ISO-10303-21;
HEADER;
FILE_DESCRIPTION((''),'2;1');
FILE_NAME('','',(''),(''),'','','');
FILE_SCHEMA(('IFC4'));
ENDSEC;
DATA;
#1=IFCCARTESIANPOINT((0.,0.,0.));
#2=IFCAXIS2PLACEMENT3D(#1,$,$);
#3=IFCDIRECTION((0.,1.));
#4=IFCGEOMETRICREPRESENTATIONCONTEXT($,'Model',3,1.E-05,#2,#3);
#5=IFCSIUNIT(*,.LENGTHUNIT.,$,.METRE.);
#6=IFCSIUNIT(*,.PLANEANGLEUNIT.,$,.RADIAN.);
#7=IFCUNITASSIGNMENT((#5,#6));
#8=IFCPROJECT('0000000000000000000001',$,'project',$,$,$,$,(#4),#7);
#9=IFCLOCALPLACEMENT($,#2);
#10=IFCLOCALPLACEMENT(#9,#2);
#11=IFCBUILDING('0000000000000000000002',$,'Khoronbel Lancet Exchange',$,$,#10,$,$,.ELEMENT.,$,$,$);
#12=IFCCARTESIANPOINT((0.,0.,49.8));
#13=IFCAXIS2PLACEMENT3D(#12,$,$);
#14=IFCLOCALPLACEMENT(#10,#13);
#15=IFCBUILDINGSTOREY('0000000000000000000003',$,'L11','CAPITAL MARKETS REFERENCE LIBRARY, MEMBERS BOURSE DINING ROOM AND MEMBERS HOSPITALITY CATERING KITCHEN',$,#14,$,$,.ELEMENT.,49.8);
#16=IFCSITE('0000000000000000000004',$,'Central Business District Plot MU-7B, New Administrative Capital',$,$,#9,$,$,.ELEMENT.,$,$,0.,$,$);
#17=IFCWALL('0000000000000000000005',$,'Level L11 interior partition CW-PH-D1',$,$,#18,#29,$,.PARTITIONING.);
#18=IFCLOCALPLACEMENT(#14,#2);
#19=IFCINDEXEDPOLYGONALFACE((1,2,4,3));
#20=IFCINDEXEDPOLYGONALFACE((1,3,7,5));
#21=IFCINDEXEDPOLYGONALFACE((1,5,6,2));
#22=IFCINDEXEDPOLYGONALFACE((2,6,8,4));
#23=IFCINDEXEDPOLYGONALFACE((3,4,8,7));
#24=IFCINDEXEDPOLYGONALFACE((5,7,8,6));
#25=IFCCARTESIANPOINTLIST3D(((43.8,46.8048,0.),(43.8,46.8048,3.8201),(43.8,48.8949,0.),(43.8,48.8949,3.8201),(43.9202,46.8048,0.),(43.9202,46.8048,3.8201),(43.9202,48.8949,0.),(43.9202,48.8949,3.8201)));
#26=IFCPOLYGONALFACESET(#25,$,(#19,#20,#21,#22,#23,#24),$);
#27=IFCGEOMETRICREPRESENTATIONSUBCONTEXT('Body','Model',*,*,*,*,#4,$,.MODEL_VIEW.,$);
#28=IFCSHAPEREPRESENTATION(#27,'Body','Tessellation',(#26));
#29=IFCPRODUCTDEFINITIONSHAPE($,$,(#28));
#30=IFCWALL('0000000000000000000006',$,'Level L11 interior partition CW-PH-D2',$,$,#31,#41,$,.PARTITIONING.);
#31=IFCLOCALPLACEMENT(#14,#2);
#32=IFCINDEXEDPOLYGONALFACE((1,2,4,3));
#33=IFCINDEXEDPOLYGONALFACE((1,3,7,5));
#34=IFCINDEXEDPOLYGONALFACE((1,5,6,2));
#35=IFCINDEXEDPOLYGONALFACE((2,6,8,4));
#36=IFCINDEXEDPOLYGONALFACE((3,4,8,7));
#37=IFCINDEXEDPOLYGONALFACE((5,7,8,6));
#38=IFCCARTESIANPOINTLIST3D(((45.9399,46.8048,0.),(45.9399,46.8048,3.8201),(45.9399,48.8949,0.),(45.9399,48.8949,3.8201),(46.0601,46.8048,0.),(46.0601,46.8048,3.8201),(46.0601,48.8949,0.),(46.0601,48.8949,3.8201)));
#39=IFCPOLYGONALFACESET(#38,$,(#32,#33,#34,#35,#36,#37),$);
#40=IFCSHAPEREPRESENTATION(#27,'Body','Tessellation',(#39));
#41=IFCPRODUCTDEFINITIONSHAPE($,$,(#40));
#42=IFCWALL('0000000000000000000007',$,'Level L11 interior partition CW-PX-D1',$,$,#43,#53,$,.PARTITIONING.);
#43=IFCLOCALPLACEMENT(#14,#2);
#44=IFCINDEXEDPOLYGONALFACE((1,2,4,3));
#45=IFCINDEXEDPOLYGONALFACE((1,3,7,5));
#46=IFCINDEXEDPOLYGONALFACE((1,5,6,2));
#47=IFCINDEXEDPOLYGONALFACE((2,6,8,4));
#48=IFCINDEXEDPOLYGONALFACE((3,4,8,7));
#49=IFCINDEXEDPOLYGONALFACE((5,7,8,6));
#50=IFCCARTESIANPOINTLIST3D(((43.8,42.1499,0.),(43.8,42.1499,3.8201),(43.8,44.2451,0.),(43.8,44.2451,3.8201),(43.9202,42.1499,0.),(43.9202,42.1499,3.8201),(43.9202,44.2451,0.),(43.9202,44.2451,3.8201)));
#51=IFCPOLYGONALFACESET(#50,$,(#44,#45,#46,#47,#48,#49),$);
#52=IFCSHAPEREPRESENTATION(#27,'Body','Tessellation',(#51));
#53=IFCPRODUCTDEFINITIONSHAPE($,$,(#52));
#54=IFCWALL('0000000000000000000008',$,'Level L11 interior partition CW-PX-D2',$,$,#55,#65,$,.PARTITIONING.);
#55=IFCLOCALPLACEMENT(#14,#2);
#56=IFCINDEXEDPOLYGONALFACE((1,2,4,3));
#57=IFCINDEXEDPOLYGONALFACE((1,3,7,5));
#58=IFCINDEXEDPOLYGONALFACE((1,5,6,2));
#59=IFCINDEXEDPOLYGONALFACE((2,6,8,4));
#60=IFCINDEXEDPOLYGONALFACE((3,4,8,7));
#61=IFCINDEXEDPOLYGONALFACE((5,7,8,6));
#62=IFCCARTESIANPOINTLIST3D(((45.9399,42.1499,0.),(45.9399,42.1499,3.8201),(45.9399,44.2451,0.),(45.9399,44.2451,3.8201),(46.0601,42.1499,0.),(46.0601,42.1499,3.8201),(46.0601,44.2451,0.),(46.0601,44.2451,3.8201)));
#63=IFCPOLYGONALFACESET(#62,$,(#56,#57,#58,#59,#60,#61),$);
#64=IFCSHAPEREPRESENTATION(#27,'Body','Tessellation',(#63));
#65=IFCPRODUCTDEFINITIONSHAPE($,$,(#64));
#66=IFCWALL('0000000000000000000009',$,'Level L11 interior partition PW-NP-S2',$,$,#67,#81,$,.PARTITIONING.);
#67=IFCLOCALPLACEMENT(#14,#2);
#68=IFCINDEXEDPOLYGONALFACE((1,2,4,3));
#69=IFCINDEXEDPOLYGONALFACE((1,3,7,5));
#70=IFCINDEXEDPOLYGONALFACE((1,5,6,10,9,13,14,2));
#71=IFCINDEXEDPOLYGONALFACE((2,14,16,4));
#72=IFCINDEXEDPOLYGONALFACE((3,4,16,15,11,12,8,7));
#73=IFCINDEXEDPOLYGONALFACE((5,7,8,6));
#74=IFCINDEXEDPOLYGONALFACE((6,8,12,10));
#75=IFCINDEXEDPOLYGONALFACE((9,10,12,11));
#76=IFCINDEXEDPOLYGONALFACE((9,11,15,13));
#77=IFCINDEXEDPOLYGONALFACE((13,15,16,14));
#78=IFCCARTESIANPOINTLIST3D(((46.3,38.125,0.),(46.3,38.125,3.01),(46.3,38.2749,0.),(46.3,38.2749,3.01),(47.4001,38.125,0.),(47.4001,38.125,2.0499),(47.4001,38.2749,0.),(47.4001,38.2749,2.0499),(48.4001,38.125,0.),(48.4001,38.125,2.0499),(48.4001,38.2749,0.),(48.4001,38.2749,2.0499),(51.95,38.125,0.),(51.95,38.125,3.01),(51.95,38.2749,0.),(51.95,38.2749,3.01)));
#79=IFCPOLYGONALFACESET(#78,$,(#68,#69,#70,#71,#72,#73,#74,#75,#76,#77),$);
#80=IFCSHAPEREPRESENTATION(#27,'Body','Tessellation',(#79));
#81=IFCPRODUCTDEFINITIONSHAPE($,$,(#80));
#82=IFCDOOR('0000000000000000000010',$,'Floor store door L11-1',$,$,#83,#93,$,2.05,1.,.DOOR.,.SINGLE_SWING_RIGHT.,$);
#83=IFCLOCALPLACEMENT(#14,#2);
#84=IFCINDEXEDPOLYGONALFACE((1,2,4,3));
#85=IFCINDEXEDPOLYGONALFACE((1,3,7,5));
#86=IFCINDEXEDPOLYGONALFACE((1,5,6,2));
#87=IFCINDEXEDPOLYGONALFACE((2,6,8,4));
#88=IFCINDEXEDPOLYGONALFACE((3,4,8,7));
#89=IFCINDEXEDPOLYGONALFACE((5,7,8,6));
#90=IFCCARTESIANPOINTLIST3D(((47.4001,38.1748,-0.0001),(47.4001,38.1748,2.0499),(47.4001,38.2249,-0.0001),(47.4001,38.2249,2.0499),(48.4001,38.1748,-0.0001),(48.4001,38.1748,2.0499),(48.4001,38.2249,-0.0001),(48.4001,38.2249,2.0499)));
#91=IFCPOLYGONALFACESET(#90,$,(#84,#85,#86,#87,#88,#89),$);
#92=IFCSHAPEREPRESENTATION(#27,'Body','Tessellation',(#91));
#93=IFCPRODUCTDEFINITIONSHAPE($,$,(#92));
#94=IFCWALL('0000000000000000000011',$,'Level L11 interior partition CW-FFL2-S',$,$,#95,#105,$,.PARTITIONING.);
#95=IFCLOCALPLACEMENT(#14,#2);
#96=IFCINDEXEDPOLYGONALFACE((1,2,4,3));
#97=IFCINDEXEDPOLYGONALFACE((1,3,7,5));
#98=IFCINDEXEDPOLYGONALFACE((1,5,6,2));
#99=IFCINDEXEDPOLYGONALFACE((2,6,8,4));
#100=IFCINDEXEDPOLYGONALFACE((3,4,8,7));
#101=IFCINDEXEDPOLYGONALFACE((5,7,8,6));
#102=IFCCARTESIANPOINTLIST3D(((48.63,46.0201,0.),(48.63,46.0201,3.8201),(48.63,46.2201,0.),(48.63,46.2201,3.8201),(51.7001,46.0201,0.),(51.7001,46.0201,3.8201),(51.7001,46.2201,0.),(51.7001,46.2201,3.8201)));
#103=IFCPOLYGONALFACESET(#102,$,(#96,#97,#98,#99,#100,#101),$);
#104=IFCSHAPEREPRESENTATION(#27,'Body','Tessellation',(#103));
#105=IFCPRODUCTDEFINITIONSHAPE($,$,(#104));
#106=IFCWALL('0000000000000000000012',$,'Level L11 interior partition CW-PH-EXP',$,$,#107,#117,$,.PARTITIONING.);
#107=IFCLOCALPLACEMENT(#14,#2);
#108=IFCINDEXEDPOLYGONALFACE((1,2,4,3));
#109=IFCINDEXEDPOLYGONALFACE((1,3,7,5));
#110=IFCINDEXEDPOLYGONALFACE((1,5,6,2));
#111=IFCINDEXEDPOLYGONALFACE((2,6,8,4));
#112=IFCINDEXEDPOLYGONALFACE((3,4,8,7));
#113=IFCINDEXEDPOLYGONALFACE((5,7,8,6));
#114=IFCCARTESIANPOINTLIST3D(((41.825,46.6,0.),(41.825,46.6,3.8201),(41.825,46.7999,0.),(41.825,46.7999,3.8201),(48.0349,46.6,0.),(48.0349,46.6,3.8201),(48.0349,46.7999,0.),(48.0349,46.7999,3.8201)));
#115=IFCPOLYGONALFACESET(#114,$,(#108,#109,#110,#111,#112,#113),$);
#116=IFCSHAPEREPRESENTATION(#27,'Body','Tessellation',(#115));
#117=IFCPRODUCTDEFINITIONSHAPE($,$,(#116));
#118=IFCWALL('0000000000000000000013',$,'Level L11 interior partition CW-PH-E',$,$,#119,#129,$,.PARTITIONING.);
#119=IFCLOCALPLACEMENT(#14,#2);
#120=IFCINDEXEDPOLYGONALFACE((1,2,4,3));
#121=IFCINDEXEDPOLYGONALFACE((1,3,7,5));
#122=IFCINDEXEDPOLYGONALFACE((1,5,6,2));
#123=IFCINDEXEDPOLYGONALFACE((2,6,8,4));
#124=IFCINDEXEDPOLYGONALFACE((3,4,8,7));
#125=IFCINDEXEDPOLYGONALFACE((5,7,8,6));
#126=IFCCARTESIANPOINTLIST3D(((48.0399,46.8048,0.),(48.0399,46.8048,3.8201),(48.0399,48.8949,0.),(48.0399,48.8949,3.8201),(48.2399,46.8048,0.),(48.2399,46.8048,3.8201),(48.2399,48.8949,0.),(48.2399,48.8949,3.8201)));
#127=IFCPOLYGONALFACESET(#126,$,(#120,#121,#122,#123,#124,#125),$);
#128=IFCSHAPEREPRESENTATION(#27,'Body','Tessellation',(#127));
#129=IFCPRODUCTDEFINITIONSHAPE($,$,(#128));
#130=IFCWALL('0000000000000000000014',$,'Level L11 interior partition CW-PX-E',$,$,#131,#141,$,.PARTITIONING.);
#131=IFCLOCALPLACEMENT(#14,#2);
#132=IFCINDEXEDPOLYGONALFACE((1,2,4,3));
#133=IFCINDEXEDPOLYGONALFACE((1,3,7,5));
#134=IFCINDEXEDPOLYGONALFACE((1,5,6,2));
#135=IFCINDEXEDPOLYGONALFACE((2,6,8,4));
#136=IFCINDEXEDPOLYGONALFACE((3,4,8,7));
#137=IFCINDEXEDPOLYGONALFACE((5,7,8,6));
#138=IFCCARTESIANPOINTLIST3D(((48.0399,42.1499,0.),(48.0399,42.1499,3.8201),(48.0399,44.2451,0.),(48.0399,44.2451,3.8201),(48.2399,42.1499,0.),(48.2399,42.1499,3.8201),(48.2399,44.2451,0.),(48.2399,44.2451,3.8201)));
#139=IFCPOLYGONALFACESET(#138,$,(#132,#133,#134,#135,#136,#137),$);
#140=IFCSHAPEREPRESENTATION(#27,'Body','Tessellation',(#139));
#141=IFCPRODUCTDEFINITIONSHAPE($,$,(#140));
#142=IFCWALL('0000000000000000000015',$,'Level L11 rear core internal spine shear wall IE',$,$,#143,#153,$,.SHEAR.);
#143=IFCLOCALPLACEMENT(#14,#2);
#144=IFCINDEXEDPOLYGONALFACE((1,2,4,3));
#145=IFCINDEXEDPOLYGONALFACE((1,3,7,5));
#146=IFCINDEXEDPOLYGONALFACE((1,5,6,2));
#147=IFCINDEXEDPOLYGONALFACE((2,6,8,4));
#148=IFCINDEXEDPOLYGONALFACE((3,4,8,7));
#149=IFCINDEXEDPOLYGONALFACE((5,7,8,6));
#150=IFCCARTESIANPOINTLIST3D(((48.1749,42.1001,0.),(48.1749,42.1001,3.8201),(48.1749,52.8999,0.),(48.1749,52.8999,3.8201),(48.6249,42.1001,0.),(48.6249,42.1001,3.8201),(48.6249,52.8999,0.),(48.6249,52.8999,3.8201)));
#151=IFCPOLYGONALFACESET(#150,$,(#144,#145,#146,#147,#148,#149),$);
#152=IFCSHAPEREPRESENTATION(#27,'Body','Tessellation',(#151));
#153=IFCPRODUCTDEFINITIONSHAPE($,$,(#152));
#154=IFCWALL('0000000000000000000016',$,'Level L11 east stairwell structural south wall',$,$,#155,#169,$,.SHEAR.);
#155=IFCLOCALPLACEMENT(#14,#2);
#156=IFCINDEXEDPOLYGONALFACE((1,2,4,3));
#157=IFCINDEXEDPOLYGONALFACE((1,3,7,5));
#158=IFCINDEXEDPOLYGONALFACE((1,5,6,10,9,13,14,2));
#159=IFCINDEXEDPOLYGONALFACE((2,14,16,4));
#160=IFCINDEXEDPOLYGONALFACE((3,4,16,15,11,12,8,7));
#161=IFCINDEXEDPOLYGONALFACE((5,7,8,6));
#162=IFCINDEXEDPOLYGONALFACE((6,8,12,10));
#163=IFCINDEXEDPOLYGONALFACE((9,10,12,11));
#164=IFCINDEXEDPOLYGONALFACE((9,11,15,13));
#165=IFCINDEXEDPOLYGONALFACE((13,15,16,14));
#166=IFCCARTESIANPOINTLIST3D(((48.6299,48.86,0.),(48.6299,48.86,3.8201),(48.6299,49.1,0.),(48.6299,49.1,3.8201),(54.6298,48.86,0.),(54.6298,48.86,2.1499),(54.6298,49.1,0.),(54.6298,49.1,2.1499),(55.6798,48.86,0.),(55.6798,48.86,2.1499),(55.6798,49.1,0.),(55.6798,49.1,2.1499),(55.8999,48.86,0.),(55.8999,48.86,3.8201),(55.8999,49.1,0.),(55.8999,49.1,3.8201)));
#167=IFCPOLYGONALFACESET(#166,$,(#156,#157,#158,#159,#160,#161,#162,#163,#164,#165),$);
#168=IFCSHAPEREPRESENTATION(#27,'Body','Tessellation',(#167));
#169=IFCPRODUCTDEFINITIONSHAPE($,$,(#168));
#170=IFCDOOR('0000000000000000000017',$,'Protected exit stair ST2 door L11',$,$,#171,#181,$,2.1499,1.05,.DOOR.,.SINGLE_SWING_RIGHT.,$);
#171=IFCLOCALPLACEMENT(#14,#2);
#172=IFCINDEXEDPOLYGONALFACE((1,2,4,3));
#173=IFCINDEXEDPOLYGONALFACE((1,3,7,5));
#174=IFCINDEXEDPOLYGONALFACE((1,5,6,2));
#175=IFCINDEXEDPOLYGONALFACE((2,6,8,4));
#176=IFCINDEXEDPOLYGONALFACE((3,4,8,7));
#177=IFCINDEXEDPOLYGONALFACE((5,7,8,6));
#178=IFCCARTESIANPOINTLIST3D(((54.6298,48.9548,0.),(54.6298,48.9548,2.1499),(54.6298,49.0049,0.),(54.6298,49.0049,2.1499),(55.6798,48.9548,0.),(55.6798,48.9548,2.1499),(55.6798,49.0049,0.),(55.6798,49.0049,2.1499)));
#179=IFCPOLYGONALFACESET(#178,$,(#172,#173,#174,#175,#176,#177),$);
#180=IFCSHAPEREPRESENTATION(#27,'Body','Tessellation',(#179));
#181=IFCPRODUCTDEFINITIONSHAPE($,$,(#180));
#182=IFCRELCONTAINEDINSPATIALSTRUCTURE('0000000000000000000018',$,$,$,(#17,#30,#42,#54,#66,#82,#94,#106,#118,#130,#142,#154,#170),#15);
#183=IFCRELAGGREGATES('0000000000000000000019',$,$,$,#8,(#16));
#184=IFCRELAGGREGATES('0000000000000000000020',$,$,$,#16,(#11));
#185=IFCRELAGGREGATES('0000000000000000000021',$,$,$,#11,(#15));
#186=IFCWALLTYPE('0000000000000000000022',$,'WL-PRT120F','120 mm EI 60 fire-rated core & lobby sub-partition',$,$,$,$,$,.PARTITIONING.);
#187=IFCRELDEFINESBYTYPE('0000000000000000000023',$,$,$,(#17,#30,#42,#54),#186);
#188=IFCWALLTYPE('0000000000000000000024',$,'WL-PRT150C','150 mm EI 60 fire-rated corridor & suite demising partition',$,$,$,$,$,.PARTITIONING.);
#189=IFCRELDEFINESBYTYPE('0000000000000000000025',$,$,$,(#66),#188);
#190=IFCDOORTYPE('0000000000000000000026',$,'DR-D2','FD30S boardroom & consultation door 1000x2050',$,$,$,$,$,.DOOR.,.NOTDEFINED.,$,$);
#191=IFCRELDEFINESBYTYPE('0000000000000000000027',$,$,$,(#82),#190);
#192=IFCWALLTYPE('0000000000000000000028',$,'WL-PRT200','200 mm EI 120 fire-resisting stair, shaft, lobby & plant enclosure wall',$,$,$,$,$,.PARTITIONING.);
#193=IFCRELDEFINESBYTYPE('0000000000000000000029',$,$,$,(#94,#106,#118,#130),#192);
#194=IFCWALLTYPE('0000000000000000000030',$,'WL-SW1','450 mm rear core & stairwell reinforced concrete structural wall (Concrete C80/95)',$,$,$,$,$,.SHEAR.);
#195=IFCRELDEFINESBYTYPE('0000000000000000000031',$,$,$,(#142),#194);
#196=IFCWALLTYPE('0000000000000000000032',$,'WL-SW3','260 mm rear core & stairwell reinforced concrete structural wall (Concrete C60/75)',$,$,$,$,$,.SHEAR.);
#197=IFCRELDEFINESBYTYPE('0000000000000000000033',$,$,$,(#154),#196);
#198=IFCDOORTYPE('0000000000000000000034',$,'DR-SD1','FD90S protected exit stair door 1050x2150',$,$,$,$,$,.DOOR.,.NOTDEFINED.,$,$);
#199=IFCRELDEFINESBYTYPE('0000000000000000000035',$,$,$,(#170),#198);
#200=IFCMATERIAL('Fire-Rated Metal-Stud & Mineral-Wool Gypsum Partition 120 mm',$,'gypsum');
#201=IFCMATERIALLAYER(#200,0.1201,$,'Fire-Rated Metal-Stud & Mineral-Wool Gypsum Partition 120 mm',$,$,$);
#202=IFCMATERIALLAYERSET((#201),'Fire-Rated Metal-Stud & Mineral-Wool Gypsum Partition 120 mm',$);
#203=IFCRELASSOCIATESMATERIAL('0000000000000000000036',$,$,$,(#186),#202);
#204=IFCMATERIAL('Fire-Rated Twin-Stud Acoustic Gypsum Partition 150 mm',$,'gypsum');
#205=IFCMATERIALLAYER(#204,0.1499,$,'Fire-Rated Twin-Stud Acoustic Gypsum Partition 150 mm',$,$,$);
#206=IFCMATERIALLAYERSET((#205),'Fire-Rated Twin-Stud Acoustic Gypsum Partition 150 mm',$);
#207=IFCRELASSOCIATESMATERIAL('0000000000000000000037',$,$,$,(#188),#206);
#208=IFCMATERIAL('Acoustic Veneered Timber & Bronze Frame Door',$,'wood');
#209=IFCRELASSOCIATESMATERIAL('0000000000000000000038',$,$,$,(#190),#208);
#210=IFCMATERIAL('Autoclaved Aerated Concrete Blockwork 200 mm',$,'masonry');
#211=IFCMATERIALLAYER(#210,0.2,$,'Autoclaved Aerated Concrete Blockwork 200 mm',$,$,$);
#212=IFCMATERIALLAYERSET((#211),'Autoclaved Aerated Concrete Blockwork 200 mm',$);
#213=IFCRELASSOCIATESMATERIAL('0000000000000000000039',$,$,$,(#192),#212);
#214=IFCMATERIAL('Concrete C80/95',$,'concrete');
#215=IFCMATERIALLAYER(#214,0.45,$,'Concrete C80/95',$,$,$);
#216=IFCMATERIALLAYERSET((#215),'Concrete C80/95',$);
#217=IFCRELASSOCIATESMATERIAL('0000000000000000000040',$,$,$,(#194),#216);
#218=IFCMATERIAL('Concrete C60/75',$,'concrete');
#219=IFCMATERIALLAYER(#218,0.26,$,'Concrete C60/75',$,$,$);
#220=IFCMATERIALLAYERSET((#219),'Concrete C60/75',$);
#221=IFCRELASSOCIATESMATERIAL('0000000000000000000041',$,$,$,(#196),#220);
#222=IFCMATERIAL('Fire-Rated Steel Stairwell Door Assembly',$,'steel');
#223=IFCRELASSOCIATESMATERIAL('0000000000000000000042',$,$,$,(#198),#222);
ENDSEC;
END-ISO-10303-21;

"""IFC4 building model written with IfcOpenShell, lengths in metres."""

from ifc_helpers import new_model, si_unit, direction, frame, frame_2d, origin, place, context, subcontext, project, spatial, rectangle, extrude, material, layer, layer_set, type_object, element, fill, save


model = new_model("IFC4")

# Units and contexts
model_context = context("Model", 3, precision=1e-05, world=origin(), true_north=direction((0.0, 1.0)))
body_context = subcontext(model_context, "Body", "Model", "MODEL_VIEW")
ifc_project = project(units=[si_unit("LENGTHUNIT", "METRE"), si_unit("PLANEANGLEUNIT", "RADIAN")], contexts=[model_context])

# Site, building, storey
site_placement = place(None, origin())
site = spatial("IfcSite", under=ifc_project, at=site_placement, Name="Central Business District Plot MU-7B, New Administrative Capital", CompositionType="ELEMENT", RefElevation=0.0)
building_placement = place(site_placement, origin())
building = spatial("IfcBuilding", under=site, at=building_placement, Name="Khoronbel Lancet Exchange", CompositionType="ELEMENT")
storey_placement = place(building_placement, frame((0.0, 0.0, 49.8)))
storey = spatial("IfcBuildingStorey", under=building, at=storey_placement, Name="L11", Description="CAPITAL MARKETS REFERENCE LIBRARY, MEMBERS BOURSE DINING ROOM AND MEMBERS HOSPITALITY CATERING KITCHEN", CompositionType="ELEMENT", Elevation=49.8)

# Walls
ifc_material_1 = material(Name="Fire-Rated Metal-Stud & Mineral-Wool Gypsum Partition 120 mm", Category="gypsum")
ifc_layer_1 = layer(ifc_material_1, 0.1201, Name="Fire-Rated Metal-Stud & Mineral-Wool Gypsum Partition 120 mm")
ifc_layer_set_1 = layer_set([ifc_layer_1], Name="Fire-Rated Metal-Stud & Mineral-Wool Gypsum Partition 120 mm")
wall_type_1 = type_object("IfcWallType", Name="WL-PRT120F", Description="120 mm EI 60 fire-rated core & lobby sub-partition", PredefinedType="PARTITIONING", material=ifc_layer_set_1)
for number, where, z_axis, x_axis, name in (
    (1, (43.8601, 46.8049, 0.0), (0.0, 0.0, 1.0), (0.0, 1.0, 0.0), "Level L11 interior partition CW-PH-D1"),
    (2, (46.0, 46.8049, 0.0), (0.0, 0.0, 1.0), (0.0, 1.0, 0.0), "Level L11 interior partition CW-PH-D2"),
):
    element("IfcWall", number, at=place(storey_placement, frame(where, z_axis=z_axis, x_axis=x_axis)), inside=storey, type_object=wall_type_1, Name=name, PredefinedType="PARTITIONING", context=body_context, shape_type="SweptSolid", body=[
        extrude(rectangle(XDim=2.0901, YDim=0.1201, at=frame_2d((1.0449, 0.0))), origin(), (0.0, 0.0, 1.0), 3.8201),
    ])
for number, where, z_axis, x_axis, name in (
    (3, (43.8601, 42.1499, 0.0), (0.0, 0.0, 1.0), (0.0, 1.0, 0.0), "Level L11 interior partition CW-PX-D1"),
    (4, (46.0, 42.1499, 0.0), (0.0, 0.0, 1.0), (0.0, 1.0, 0.0), "Level L11 interior partition CW-PX-D2"),
):
    element("IfcWall", number, at=place(storey_placement, frame(where, z_axis=z_axis, x_axis=x_axis)), inside=storey, type_object=wall_type_1, Name=name, PredefinedType="PARTITIONING", context=body_context, shape_type="SweptSolid", body=[
        extrude(rectangle(XDim=2.0952, YDim=0.1201, at=frame_2d((1.0476, 0.0))), origin(), (0.0, 0.0, 1.0), 3.8201),
    ])

# Wall, opening, door
ifc_material_2 = material(Name="Fire-Rated Twin-Stud Acoustic Gypsum Partition 150 mm", Category="gypsum")
ifc_layer_2 = layer(ifc_material_2, 0.1499, Name="Fire-Rated Twin-Stud Acoustic Gypsum Partition 150 mm")
ifc_layer_set_2 = layer_set([ifc_layer_2], Name="Fire-Rated Twin-Stud Acoustic Gypsum Partition 150 mm")
wall_type_2 = type_object("IfcWallType", Name="WL-PRT150C", Description="150 mm EI 60 fire-rated corridor & suite demising partition", PredefinedType="PARTITIONING", material=ifc_layer_set_2)
wall_1_placement = place(storey_placement, frame((46.3, 38.2, 0.0), z_axis=(0.0, 0.0, 1.0), x_axis=(1.0, 0.0, 0.0)))
wall_1 = element("IfcWall", 5, at=wall_1_placement, inside=storey, type_object=wall_type_2, Name="Level L11 interior partition PW-NP-S2", PredefinedType="PARTITIONING", context=body_context, shape_type="SweptSolid", body=[
    extrude(rectangle(XDim=5.6499, YDim=0.1499, at=frame_2d((2.825, 0.0))), origin(), (0.0, 0.0, 1.0), 3.01),
])
opening_1_placement = place(wall_1_placement, frame((1.1001, 0.0, 0.0)))
opening_1 = element("IfcOpeningElement", 6, at=opening_1_placement, cuts=wall_1, PredefinedType="OPENING", context=body_context, shape_type="SweptSolid", body=[
    extrude(rectangle(XDim=1.0, YDim=2.05, at=frame_2d((0.5, 1.0249))), frame((0.0, 0.085, 0.0), z_axis=(0.0, -1.0, 0.0), x_axis=(1.0, 0.0, 0.0)), (0.0, 0.0, 1.0), 0.1699),
])
ifc_material_3 = material(Name="Acoustic Veneered Timber & Bronze Frame Door", Category="wood")
door_type_1 = type_object("IfcDoorType", Name="DR-D2", Description="FD30S boardroom & consultation door 1000x2050", OperationType="NOTDEFINED", PredefinedType="DOOR", material=ifc_material_3)
door_1_placement = place(opening_1_placement, origin())
door_1 = element("IfcDoor", 7, at=door_1_placement, inside=storey, type_object=door_type_1, Name="Floor store door L11-1", OperationType="SINGLE_SWING_RIGHT", OverallHeight=2.05, OverallWidth=1.0, PredefinedType="DOOR", context=body_context, shape_type="SweptSolid", body=[
    extrude(rectangle(XDim=1.0, YDim=2.05, at=frame_2d((0.5, 1.0249))), frame((0.0, 0.0249, 0.0), z_axis=(0.0, -1.0, 0.0), x_axis=(1.0, 0.0, 0.0)), (0.0, 0.0, 1.0), 0.05),
])
fill(opening_1, door_1)

# Walls
ifc_material_4 = material(Name="Autoclaved Aerated Concrete Blockwork 200 mm", Category="masonry")
ifc_layer_3 = layer(ifc_material_4, 0.2, Name="Autoclaved Aerated Concrete Blockwork 200 mm")
ifc_layer_set_3 = layer_set([ifc_layer_3], Name="Autoclaved Aerated Concrete Blockwork 200 mm")
wall_type_3 = type_object("IfcWallType", Name="WL-PRT200", Description="200 mm EI 120 fire-resisting stair, shaft, lobby & plant enclosure wall", PredefinedType="PARTITIONING", material=ifc_layer_set_3)
wall_2_placement = place(storey_placement, frame((48.6299, 46.1201, 0.0), z_axis=(0.0, 0.0, 1.0), x_axis=(1.0, 0.0, 0.0)))
element("IfcWall", 8, at=wall_2_placement, inside=storey, type_object=wall_type_3, Name="Level L11 interior partition CW-FFL2-S", PredefinedType="PARTITIONING", context=body_context, shape_type="SweptSolid", body=[
    extrude(rectangle(XDim=3.0701, YDim=0.2, at=frame_2d((1.5352, 0.0))), origin(), (0.0, 0.0, 1.0), 3.8201),
])
wall_3_placement = place(storey_placement, frame((41.825, 46.7, 0.0), z_axis=(0.0, 0.0, 1.0), x_axis=(1.0, 0.0, 0.0)))
element("IfcWall", 9, at=wall_3_placement, inside=storey, type_object=wall_type_3, Name="Level L11 interior partition CW-PH-EXP", PredefinedType="PARTITIONING", context=body_context, shape_type="SweptSolid", body=[
    extrude(rectangle(XDim=6.21, YDim=0.2, at=frame_2d((3.105, 0.0))), origin(), (0.0, 0.0, 1.0), 3.8201),
])
wall_4_placement = place(storey_placement, frame((48.1399, 46.8049, 0.0), z_axis=(0.0, 0.0, 1.0), x_axis=(0.0, 1.0, 0.0)))
element("IfcWall", 10, at=wall_4_placement, inside=storey, type_object=wall_type_3, Name="Level L11 interior partition CW-PH-E", PredefinedType="PARTITIONING", context=body_context, shape_type="SweptSolid", body=[
    extrude(rectangle(XDim=2.0901, YDim=0.2, at=frame_2d((1.0449, 0.0))), origin(), (0.0, 0.0, 1.0), 3.8201),
])
wall_5_placement = place(storey_placement, frame((48.1399, 42.1499, 0.0), z_axis=(0.0, 0.0, 1.0), x_axis=(0.0, 1.0, 0.0)))
element("IfcWall", 11, at=wall_5_placement, inside=storey, type_object=wall_type_3, Name="Level L11 interior partition CW-PX-E", PredefinedType="PARTITIONING", context=body_context, shape_type="SweptSolid", body=[
    extrude(rectangle(XDim=2.0952, YDim=0.2, at=frame_2d((1.0476, 0.0))), origin(), (0.0, 0.0, 1.0), 3.8201),
])
ifc_material_5 = material(Name="Concrete C80/95", Category="concrete")
ifc_layer_4 = layer(ifc_material_5, 0.45, Name="Concrete C80/95")
ifc_layer_set_4 = layer_set([ifc_layer_4], Name="Concrete C80/95")
wall_type_4 = type_object("IfcWallType", Name="WL-SW1", Description="450 mm rear core & stairwell reinforced concrete structural wall (Concrete C80/95)", PredefinedType="SHEAR", material=ifc_layer_set_4)
wall_6_placement = place(storey_placement, frame((48.3999, 42.1001, 0.0), z_axis=(0.0, 0.0, 1.0), x_axis=(0.0, 1.0, 0.0)))
element("IfcWall", 12, at=wall_6_placement, inside=storey, type_object=wall_type_4, Name="Level L11 rear core internal spine shear wall IE", PredefinedType="SHEAR", context=body_context, shape_type="SweptSolid", body=[
    extrude(rectangle(XDim=10.7998, YDim=0.45, at=frame_2d((5.3999, 0.0))), origin(), (0.0, 0.0, 1.0), 3.8201),
])

# Wall, opening, door
ifc_material_6 = material(Name="Concrete C60/75", Category="concrete")
ifc_layer_5 = layer(ifc_material_6, 0.26, Name="Concrete C60/75")
ifc_layer_set_5 = layer_set([ifc_layer_5], Name="Concrete C60/75")
wall_type_5 = type_object("IfcWallType", Name="WL-SW3", Description="260 mm rear core & stairwell reinforced concrete structural wall (Concrete C60/75)", PredefinedType="SHEAR", material=ifc_layer_set_5)
wall_7_placement = place(storey_placement, frame((48.6299, 48.98, 0.0), z_axis=(0.0, 0.0, 1.0), x_axis=(1.0, 0.0, 0.0)))
wall_7 = element("IfcWall", 13, at=wall_7_placement, inside=storey, type_object=wall_type_5, Name="Level L11 east stairwell structural south wall", PredefinedType="SHEAR", context=body_context, shape_type="SweptSolid", body=[
    extrude(rectangle(XDim=7.27, YDim=0.24, at=frame_2d((3.635, 0.0))), origin(), (0.0, 0.0, 1.0), 3.8201),
])
opening_2_placement = place(wall_7_placement, frame((6.0, 0.0, 0.0)))
opening_2 = element("IfcOpeningElement", 14, at=opening_2_placement, cuts=wall_7, PredefinedType="OPENING", context=body_context, shape_type="SweptSolid", body=[
    extrude(rectangle(XDim=1.05, YDim=2.1499, at=frame_2d((0.5249, 1.075))), frame((0.0, 0.1299, 0.0), z_axis=(0.0, -1.0, 0.0), x_axis=(1.0, 0.0, 0.0)), (0.0, 0.0, 1.0), 0.26),
])
ifc_material_7 = material(Name="Fire-Rated Steel Stairwell Door Assembly", Category="steel")
door_type_2 = type_object("IfcDoorType", Name="DR-SD1", Description="FD90S protected exit stair door 1050x2150", OperationType="NOTDEFINED", PredefinedType="DOOR", material=ifc_material_7)
door_2_placement = place(opening_2_placement, origin())
door_2 = element("IfcDoor", 15, at=door_2_placement, inside=storey, type_object=door_type_2, Name="Protected exit stair ST2 door L11", OperationType="SINGLE_SWING_RIGHT", OverallHeight=2.1499, OverallWidth=1.05, PredefinedType="DOOR", context=body_context, shape_type="SweptSolid", body=[
    extrude(rectangle(XDim=1.05, YDim=2.1499, at=frame_2d((0.5249, 1.075))), frame((0.0, 0.0249, 0.0), z_axis=(0.0, -1.0, 0.0), x_axis=(1.0, 0.0, 0.0)), (0.0, 0.0, 1.0), 0.05),
])
fill(opening_2, door_2)

save(model, "model.ifc")
